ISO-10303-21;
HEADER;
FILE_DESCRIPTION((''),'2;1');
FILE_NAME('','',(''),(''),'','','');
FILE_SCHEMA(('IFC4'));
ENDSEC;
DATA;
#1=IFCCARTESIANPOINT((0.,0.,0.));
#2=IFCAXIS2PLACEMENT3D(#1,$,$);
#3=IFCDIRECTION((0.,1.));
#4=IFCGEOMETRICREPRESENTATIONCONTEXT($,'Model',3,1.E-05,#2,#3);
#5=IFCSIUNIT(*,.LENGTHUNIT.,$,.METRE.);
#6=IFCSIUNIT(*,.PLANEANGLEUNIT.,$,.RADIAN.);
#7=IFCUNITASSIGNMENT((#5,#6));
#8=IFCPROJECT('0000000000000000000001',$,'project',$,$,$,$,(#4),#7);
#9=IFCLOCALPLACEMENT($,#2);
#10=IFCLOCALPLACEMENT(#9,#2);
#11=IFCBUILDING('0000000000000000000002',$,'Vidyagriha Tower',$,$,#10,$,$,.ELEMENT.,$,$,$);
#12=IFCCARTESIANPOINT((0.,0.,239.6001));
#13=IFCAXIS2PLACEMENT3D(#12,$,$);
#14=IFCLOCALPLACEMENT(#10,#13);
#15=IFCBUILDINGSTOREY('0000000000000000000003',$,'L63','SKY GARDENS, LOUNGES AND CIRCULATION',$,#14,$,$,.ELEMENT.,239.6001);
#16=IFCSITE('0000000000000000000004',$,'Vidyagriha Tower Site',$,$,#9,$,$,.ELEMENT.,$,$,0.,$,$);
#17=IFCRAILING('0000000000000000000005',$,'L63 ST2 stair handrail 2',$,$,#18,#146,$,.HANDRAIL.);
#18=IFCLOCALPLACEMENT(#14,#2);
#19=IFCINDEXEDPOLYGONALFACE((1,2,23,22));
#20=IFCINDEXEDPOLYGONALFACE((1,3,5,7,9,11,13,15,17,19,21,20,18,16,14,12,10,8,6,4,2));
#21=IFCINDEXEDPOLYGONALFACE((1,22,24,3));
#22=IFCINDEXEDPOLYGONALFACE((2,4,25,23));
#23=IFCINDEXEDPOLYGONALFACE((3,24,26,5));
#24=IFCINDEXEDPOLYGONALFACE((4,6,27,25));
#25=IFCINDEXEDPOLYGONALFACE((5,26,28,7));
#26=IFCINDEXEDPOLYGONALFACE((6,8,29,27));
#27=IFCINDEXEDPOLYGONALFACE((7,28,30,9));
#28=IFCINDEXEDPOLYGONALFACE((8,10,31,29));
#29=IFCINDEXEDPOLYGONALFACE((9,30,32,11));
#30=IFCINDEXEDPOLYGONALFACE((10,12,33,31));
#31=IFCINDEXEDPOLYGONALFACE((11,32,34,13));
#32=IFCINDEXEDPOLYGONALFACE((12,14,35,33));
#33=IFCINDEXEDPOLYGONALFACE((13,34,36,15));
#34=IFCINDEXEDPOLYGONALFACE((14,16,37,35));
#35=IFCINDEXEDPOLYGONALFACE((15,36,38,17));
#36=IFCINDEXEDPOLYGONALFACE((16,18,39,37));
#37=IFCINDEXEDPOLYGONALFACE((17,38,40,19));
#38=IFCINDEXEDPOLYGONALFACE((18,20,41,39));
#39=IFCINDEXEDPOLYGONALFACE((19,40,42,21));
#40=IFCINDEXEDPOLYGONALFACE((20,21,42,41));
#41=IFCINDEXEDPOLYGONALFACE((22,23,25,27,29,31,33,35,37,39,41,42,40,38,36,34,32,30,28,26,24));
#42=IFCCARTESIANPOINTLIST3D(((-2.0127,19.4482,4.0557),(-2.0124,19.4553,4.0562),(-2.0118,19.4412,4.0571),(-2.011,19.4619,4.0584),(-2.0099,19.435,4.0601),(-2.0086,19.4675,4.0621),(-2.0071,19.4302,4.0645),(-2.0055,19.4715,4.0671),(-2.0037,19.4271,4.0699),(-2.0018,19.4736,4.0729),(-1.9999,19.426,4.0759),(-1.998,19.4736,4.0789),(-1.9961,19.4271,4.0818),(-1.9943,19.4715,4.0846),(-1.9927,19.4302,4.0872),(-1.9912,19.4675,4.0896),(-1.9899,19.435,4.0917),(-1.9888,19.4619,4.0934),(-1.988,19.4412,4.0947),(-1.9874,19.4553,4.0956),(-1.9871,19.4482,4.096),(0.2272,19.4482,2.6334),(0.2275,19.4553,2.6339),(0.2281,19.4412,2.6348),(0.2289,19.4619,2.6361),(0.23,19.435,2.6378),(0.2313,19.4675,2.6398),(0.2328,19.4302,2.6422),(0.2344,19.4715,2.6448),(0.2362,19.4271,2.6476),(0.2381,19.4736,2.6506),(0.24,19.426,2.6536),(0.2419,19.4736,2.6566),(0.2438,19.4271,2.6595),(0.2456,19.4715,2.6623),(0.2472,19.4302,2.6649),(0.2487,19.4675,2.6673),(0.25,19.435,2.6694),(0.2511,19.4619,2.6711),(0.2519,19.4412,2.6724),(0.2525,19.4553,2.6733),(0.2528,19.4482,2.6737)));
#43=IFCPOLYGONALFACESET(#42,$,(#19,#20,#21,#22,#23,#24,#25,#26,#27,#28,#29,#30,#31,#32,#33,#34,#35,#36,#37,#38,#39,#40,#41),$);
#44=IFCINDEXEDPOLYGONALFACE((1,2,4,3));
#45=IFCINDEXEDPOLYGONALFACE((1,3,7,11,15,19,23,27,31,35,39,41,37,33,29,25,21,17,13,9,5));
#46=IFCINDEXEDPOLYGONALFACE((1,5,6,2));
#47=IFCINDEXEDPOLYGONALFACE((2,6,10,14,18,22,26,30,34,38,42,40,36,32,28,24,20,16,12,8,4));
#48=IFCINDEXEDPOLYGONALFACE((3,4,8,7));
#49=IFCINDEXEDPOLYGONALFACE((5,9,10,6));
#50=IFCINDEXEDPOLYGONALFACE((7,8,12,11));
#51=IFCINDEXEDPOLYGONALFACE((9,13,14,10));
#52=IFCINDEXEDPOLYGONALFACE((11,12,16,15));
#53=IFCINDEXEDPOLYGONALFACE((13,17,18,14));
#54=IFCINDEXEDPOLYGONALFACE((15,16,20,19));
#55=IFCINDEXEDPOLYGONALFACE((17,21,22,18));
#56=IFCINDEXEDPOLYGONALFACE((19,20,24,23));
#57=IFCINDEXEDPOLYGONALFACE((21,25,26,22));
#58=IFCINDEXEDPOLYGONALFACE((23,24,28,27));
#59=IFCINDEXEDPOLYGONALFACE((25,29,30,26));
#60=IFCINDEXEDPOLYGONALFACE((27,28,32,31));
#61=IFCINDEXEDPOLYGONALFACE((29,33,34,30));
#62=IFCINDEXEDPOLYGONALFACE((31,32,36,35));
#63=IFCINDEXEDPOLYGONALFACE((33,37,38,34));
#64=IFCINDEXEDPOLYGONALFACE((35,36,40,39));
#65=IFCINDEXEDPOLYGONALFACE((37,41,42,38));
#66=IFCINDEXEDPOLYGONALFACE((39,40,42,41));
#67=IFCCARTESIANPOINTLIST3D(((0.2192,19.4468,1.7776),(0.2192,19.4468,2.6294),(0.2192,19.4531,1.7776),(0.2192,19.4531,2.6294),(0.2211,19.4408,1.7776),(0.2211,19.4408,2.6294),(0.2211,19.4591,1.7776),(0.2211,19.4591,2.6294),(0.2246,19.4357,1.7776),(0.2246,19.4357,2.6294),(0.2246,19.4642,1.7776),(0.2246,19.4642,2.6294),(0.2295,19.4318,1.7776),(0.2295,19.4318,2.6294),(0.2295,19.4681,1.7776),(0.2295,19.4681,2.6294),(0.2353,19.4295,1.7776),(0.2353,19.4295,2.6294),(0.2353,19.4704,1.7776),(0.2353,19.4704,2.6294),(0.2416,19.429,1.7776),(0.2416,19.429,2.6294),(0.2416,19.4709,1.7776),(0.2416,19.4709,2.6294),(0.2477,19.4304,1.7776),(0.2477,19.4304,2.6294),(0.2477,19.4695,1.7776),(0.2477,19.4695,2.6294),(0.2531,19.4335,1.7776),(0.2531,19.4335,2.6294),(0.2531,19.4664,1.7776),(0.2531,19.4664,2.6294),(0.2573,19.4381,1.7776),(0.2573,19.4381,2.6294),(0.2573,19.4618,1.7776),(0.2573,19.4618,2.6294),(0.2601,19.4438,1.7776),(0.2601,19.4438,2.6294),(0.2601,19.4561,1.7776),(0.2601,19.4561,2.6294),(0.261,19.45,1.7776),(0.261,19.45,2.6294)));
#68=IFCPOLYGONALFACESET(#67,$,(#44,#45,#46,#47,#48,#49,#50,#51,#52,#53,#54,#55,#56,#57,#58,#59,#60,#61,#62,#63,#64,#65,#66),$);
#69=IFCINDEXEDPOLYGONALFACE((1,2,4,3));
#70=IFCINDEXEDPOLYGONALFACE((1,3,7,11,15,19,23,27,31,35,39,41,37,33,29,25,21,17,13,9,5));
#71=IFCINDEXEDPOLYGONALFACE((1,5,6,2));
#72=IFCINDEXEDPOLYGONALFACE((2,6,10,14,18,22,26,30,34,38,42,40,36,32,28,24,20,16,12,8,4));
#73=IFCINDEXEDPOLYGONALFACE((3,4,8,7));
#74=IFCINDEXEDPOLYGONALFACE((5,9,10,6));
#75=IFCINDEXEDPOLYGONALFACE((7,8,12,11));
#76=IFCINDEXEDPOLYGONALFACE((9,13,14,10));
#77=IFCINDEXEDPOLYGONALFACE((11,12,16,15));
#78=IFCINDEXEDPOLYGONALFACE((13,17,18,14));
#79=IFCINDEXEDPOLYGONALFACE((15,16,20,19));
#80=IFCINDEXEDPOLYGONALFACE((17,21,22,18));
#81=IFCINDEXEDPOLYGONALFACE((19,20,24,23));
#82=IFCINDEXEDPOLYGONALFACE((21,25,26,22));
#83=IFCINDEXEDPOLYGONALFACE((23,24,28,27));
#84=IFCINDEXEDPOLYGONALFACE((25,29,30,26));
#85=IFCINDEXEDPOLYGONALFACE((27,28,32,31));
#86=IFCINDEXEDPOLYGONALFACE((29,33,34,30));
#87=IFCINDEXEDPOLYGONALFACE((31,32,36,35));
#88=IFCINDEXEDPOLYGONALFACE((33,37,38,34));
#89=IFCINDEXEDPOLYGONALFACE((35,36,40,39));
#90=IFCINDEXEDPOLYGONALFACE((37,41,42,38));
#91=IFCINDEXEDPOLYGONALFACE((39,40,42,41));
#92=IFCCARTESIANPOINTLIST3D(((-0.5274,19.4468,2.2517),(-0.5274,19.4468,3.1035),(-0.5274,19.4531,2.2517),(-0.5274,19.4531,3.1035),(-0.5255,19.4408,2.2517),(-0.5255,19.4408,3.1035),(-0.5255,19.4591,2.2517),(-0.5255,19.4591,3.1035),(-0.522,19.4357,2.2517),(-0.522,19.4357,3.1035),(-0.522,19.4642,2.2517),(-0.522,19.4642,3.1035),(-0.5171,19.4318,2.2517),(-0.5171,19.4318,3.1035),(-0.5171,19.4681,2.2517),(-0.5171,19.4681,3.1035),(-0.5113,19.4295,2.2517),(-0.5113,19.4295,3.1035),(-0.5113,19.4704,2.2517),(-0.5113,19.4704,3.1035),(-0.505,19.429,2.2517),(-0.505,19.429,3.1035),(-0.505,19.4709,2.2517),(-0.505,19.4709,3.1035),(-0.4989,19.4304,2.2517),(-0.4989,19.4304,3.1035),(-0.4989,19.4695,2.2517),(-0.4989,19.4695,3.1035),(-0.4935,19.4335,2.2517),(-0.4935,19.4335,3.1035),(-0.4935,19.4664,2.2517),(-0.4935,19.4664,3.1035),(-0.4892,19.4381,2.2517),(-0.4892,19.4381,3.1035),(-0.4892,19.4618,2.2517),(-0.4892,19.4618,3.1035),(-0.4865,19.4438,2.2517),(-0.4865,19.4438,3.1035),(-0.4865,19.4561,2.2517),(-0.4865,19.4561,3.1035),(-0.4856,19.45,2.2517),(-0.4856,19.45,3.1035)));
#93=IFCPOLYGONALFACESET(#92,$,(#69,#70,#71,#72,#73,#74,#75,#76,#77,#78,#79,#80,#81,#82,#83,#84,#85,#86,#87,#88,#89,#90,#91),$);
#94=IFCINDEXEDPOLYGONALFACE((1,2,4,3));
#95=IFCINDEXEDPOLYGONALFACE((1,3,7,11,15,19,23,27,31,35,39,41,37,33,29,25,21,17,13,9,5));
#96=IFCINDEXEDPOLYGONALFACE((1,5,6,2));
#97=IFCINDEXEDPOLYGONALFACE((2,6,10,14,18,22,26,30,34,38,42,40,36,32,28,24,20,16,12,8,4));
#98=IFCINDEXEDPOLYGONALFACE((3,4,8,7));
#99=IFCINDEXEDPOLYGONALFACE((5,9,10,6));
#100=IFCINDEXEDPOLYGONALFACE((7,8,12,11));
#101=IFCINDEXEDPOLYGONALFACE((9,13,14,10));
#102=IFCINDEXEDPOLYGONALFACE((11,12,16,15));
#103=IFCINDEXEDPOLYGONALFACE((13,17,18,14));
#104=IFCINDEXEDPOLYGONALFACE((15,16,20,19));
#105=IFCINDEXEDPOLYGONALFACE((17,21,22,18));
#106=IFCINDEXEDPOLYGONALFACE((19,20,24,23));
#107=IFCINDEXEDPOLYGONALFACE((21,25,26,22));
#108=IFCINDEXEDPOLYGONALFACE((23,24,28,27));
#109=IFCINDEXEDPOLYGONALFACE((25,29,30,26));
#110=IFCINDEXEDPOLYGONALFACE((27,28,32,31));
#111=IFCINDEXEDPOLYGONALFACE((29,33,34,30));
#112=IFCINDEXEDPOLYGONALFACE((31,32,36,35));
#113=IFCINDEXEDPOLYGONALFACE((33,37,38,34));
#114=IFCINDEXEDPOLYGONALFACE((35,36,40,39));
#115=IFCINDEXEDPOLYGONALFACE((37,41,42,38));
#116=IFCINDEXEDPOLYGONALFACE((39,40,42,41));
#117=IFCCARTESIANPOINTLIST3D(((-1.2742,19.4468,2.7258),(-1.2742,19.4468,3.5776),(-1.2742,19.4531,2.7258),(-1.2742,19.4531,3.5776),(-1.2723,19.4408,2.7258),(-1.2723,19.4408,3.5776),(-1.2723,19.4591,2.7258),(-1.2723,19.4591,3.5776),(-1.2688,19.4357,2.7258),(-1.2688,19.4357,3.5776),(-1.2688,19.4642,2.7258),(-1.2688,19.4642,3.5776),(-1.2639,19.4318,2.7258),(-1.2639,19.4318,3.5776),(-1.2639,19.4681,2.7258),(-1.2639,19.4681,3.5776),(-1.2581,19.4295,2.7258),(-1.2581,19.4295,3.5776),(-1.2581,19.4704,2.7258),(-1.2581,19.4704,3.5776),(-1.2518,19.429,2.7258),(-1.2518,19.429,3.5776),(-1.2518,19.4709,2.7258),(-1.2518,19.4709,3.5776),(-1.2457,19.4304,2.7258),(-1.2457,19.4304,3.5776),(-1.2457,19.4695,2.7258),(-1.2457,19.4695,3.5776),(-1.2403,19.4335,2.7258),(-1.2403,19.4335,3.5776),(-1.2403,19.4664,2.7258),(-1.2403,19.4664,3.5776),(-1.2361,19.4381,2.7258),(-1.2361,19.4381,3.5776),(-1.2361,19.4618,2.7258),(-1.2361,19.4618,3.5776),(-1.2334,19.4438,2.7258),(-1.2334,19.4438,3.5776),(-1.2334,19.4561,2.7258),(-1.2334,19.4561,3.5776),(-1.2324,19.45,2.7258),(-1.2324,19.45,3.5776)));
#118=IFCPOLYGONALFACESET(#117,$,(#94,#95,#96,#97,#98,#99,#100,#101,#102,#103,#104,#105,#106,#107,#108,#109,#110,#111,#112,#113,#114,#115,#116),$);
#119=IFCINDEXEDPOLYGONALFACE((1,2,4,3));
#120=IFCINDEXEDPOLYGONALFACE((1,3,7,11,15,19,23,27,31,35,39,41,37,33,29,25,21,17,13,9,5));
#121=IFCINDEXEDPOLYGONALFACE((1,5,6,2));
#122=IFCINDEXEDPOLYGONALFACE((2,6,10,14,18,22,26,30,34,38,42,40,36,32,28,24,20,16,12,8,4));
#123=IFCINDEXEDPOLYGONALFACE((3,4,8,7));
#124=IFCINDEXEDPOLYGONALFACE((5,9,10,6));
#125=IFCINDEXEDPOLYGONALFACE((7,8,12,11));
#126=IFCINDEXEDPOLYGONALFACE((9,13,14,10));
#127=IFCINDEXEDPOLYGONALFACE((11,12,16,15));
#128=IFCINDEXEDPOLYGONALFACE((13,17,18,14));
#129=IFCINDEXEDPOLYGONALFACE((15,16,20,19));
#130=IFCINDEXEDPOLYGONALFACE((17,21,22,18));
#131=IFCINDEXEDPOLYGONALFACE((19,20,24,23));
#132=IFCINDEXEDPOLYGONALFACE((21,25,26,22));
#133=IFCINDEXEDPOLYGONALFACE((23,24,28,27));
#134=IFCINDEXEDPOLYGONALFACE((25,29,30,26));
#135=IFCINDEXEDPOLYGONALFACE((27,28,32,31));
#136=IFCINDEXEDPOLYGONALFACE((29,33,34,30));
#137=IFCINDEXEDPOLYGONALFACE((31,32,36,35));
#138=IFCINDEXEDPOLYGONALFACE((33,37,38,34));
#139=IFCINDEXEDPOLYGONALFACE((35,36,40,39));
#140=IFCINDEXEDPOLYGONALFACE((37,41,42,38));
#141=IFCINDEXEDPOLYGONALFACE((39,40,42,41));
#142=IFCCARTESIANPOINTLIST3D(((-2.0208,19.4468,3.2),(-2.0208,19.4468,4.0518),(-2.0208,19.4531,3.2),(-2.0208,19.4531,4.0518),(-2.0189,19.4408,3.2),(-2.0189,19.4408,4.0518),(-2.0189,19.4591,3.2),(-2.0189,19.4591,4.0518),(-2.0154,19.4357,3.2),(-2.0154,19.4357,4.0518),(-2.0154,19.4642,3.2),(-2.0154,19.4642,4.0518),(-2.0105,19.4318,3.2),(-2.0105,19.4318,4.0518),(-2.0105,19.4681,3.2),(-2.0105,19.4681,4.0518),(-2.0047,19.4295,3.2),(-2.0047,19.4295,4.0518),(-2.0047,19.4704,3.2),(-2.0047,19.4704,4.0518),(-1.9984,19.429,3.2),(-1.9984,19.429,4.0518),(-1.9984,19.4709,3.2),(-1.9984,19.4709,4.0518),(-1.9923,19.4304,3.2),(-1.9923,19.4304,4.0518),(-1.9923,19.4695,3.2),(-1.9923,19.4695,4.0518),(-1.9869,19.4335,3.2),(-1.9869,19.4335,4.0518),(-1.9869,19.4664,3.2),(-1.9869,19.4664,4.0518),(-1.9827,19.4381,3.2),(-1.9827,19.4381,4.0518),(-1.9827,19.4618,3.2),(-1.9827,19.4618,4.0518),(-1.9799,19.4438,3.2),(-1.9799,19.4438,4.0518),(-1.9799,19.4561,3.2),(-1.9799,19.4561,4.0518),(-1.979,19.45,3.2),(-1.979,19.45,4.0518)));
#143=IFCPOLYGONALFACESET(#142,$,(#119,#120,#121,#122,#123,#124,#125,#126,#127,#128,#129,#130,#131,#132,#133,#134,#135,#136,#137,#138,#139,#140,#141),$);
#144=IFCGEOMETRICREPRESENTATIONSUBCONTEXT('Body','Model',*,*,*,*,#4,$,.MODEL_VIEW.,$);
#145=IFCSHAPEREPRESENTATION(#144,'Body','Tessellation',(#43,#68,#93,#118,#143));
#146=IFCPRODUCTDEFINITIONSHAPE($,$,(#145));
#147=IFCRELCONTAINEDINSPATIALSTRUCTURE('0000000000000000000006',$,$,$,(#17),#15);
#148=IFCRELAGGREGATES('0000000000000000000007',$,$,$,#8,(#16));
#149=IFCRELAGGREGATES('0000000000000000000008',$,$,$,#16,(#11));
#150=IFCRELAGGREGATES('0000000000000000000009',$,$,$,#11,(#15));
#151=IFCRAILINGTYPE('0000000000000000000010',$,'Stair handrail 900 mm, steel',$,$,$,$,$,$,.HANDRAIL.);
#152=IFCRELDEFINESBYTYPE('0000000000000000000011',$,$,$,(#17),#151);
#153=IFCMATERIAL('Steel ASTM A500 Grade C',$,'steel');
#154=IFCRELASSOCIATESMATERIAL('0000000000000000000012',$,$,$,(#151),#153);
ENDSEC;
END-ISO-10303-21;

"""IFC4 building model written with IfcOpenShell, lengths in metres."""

from ifc_helpers import new_model, si_unit, direction, frame, origin, origin_2d, place, context, subcontext, project, spatial, circle, extrude, material, type_object, element, save


model = new_model("IFC4")

# Units and contexts
model_context = context("Model", 3, precision=1e-05, world=origin(), true_north=direction((0.0, 1.0)))
body_context = subcontext(model_context, "Body", "Model", "MODEL_VIEW")
ifc_project = project(units=[si_unit("LENGTHUNIT", "METRE"), si_unit("PLANEANGLEUNIT", "RADIAN")], contexts=[model_context])

# Site, building, storey
site_placement = place(None, origin())
site = spatial("IfcSite", under=ifc_project, at=site_placement, Name="Vidyagriha Tower Site", CompositionType="ELEMENT", RefElevation=0.0)
building_placement = place(site_placement, origin())
building = spatial("IfcBuilding", under=site, at=building_placement, Name="Vidyagriha Tower", CompositionType="ELEMENT")
storey_placement = place(building_placement, frame((0.0, 0.0, 239.6001)))
storey = spatial("IfcBuildingStorey", under=building, at=storey_placement, Name="L63", Description="SKY GARDENS, LOUNGES AND CIRCULATION", CompositionType="ELEMENT", Elevation=239.6001)

# Railing
ifc_material_1 = material(Name="Steel ASTM A500 Grade C", Category="steel")
railing_type_1 = type_object("IfcRailingType", Name="Stair handrail 900 mm, steel", PredefinedType="HANDRAIL", material=ifc_material_1)
railing_1_placement = place(storey_placement, frame((0.24, 19.45, 1.7776)))
element("IfcRailing", 1, at=railing_1_placement, inside=storey, type_object=railing_type_1, Name="L63 ST2 stair handrail 2", PredefinedType="HANDRAIL", context=body_context, shape_type="SweptSolid", body=[
    extrude(circle(Radius=0.0239, at=origin_2d()), frame((0.0, 0.0, 0.876), z_axis=(-0.844188, 0.0, 0.536048), x_axis=(0.0, -1.0, 0.0)), (0.0, 0.0, 1.0), 2.6533),
    extrude(circle(Radius=0.021, at=origin_2d()), origin(), (0.0, 0.0, 1.0), 0.8518),
    extrude(circle(Radius=0.021, at=origin_2d()), frame((-0.7466, 0.0, 0.4741)), (0.0, 0.0, 1.0), 0.8518),
    extrude(circle(Radius=0.021, at=origin_2d()), frame((-1.4934, 0.0, 0.9482)), (0.0, 0.0, 1.0), 0.8518),
    extrude(circle(Radius=0.021, at=origin_2d()), frame((-2.24, 0.0, 1.4224)), (0.0, 0.0, 1.0), 0.8518),
])

save(model, "model.ifc")
